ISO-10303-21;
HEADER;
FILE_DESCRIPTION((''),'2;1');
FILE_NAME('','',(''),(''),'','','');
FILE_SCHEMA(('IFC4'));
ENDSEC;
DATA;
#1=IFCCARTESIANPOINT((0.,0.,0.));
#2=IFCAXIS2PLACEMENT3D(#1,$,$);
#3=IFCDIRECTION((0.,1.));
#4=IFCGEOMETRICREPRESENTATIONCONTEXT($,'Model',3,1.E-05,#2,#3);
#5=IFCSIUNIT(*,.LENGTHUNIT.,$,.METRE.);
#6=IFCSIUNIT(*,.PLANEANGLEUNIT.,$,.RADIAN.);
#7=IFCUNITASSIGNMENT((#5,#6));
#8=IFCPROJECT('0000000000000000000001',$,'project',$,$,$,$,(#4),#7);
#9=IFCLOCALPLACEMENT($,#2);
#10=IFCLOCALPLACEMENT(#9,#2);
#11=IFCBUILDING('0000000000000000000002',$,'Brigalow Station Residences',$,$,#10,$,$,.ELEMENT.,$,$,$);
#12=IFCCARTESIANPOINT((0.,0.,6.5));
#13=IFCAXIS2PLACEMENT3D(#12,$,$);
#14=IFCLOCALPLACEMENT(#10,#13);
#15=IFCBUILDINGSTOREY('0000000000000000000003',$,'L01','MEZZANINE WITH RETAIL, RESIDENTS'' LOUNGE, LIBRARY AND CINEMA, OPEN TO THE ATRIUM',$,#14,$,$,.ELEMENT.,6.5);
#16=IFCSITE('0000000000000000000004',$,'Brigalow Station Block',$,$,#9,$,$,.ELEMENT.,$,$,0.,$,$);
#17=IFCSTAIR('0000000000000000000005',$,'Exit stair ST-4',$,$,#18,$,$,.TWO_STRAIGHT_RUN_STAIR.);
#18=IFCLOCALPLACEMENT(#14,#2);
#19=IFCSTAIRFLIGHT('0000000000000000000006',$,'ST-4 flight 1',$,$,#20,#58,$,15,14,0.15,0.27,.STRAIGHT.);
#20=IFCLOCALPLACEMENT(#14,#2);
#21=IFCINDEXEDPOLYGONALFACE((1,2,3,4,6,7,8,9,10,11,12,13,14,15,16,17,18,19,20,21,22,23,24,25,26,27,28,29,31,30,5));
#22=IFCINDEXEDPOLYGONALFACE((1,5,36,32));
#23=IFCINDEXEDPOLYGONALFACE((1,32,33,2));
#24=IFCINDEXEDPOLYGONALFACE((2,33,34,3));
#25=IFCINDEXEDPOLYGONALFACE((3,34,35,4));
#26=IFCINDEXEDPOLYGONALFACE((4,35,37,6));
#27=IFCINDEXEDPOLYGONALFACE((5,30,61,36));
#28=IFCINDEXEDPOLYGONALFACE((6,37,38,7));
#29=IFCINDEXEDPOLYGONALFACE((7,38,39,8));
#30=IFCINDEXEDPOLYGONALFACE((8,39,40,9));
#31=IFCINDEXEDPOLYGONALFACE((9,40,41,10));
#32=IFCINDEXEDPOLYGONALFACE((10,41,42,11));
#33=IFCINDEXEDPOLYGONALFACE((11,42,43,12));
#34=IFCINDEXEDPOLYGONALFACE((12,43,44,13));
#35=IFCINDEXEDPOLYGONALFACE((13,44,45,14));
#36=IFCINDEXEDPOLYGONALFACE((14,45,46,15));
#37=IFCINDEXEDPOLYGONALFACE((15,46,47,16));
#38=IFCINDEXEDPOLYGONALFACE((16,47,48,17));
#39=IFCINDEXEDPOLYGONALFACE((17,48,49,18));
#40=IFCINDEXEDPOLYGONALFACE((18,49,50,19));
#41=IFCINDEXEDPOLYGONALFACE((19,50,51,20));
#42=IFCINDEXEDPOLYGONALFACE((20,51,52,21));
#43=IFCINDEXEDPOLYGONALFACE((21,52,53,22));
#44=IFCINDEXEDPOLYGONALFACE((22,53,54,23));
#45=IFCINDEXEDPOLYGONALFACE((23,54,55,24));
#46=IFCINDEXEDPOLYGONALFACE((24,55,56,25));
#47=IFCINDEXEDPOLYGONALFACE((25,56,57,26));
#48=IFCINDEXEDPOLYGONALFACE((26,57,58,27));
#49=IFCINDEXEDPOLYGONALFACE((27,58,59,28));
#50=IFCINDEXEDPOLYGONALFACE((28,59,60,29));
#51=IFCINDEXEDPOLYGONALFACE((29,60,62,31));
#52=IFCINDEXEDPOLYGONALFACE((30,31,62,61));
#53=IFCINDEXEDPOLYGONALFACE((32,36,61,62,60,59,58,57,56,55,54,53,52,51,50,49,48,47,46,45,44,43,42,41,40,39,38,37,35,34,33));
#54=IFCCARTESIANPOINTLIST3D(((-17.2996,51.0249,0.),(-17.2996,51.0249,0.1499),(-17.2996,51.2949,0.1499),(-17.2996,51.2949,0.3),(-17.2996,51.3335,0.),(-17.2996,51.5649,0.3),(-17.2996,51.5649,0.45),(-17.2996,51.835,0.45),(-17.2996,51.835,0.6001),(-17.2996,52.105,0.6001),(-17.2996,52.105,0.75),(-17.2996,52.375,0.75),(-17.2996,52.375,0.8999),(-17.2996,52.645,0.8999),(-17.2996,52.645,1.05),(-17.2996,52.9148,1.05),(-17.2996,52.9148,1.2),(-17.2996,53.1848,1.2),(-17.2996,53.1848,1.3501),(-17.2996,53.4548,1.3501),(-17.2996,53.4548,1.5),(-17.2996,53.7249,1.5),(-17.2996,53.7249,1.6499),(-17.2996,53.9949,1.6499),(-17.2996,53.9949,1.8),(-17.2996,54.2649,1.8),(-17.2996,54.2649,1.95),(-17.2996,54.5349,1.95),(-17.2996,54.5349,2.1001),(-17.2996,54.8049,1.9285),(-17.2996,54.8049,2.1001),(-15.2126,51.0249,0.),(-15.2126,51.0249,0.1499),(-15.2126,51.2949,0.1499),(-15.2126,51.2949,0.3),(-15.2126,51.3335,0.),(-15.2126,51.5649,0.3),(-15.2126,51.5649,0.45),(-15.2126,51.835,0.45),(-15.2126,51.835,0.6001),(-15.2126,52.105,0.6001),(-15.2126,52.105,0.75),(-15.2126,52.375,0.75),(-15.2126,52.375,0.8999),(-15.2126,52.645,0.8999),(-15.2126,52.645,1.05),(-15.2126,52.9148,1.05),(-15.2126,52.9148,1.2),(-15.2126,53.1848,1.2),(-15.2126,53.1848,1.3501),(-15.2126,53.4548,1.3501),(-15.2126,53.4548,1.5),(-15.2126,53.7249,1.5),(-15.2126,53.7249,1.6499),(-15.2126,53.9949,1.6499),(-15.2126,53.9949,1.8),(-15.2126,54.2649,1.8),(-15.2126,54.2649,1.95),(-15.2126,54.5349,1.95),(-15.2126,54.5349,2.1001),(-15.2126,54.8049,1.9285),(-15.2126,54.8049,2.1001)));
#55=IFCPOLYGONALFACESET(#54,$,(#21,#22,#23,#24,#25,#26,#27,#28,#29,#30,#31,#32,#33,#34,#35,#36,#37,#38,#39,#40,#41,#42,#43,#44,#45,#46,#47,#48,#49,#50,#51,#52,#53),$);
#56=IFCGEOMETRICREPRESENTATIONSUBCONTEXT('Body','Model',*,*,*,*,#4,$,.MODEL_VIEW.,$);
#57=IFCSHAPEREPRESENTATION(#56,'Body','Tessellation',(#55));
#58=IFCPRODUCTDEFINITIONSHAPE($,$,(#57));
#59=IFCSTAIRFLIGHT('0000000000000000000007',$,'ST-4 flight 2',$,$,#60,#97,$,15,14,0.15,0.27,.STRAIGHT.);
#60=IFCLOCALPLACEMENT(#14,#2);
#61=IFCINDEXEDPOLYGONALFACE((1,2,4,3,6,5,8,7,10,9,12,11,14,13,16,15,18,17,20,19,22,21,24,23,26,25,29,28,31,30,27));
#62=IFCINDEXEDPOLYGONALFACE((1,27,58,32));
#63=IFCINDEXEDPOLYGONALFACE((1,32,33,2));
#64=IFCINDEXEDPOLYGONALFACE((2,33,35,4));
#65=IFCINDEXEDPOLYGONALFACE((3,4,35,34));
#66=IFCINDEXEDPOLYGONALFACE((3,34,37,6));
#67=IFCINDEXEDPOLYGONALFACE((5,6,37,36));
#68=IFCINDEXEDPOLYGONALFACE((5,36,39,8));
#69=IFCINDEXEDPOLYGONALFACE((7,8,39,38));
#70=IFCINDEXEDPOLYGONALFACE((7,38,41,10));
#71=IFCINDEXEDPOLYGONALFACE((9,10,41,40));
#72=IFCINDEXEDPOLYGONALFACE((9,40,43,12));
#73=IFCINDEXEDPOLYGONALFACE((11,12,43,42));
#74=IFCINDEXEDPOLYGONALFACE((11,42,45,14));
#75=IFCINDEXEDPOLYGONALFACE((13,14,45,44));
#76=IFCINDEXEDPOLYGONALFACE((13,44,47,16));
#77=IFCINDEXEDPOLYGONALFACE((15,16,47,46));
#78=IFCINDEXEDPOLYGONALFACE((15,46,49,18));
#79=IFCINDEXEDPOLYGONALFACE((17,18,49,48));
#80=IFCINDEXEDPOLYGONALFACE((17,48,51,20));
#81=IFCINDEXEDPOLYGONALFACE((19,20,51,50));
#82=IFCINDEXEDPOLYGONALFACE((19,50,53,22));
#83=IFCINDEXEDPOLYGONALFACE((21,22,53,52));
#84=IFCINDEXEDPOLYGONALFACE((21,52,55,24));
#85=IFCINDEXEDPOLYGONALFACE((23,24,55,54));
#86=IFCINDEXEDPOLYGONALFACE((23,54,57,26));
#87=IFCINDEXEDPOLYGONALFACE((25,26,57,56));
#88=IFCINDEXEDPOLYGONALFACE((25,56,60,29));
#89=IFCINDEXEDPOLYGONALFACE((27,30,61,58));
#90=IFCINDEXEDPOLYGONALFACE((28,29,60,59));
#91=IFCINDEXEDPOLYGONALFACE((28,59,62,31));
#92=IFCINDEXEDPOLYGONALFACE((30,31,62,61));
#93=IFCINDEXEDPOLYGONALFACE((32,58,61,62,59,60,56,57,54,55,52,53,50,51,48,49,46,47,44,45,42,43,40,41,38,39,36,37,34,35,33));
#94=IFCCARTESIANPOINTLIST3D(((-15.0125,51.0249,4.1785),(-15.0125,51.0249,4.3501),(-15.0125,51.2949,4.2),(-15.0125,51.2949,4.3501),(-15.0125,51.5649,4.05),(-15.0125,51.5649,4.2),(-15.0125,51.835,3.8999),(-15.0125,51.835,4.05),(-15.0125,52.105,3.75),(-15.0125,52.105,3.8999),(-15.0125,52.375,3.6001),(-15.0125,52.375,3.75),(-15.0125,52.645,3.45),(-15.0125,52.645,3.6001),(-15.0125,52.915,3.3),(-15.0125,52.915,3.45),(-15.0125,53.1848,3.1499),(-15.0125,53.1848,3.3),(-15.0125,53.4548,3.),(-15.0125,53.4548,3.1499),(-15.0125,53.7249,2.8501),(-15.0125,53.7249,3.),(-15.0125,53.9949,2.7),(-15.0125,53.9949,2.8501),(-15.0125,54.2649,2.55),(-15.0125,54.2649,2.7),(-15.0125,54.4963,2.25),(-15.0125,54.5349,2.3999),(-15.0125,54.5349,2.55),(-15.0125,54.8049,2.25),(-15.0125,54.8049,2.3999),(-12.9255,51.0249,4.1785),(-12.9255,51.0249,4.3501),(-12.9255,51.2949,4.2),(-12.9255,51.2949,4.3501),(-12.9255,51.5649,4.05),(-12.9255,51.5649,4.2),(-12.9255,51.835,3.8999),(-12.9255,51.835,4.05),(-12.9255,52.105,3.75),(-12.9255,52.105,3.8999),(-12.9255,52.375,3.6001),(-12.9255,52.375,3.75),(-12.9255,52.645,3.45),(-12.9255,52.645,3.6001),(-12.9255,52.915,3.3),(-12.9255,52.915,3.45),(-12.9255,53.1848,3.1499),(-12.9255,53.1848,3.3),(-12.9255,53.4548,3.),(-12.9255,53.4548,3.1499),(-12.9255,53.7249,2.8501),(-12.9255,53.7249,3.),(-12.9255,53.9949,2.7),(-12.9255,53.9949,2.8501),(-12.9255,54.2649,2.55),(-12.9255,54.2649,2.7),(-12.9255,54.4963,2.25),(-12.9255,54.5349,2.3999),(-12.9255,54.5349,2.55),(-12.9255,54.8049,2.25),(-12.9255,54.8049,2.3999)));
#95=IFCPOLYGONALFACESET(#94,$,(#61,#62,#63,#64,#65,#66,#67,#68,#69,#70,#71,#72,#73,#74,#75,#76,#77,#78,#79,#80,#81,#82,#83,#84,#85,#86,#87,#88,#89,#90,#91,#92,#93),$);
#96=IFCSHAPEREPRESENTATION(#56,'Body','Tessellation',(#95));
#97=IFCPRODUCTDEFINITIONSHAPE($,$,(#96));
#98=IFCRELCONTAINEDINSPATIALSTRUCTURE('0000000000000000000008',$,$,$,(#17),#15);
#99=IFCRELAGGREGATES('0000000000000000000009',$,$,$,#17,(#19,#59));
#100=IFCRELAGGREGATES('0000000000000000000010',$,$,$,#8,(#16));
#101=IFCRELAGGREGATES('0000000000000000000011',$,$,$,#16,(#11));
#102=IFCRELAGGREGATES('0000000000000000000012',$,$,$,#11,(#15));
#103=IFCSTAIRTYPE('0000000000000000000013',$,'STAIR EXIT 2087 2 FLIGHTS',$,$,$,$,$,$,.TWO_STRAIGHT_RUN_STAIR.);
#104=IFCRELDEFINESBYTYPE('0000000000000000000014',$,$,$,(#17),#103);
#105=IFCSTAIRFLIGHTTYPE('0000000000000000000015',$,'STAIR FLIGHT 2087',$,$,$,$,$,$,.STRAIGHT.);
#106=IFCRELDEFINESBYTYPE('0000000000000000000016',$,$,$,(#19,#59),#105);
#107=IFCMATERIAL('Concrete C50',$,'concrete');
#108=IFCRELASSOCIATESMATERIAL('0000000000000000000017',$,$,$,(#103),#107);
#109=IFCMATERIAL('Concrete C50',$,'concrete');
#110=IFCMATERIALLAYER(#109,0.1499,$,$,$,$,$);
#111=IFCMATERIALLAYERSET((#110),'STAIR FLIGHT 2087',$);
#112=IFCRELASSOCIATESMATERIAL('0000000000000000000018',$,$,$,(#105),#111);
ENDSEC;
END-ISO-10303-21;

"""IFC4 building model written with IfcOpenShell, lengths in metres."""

from ifc_helpers import new_model, si_unit, direction, frame, origin, place, context, subcontext, project, spatial, polyline, outline, extrude, material, layer, layer_set, type_object, element, aggregate, save


model = new_model("IFC4")

# Units and contexts
model_context = context("Model", 3, precision=1e-05, world=origin(), true_north=direction((0.0, 1.0)))
body_context = subcontext(model_context, "Body", "Model", "MODEL_VIEW")
ifc_project = project(units=[si_unit("LENGTHUNIT", "METRE"), si_unit("PLANEANGLEUNIT", "RADIAN")], contexts=[model_context])

# Site, building, storey
site_placement = place(None, origin())
site = spatial("IfcSite", under=ifc_project, at=site_placement, Name="Brigalow Station Block", CompositionType="ELEMENT", RefElevation=0.0)
building_placement = place(site_placement, origin())
building = spatial("IfcBuilding", under=site, at=building_placement, Name="Brigalow Station Residences", CompositionType="ELEMENT")
storey_placement = place(building_placement, frame((0.0, 0.0, 6.5)))
storey = spatial("IfcBuildingStorey", under=building, at=storey_placement, Name="L01", Description="MEZZANINE WITH RETAIL, RESIDENTS' LOUNGE, LIBRARY AND CINEMA, OPEN TO THE ATRIUM", CompositionType="ELEMENT", Elevation=6.5)

# Stair, stair flights
ifc_material_1 = material(Name="Concrete C50", Category="concrete")
stair_type = type_object("IfcStairType", Name="STAIR EXIT 2087 2 FLIGHTS", PredefinedType="TWO_STRAIGHT_RUN_STAIR", material=ifc_material_1)
stair_placement = place(storey_placement, origin())
stair = element("IfcStair", 1, at=stair_placement, inside=storey, type_object=stair_type, Name="Exit stair ST-4", PredefinedType="TWO_STRAIGHT_RUN_STAIR")
ifc_material_2 = material(Name="Concrete C50", Category="concrete")
ifc_layer_1 = layer(ifc_material_2, 0.1499)
ifc_layer_set_1 = layer_set([ifc_layer_1], Name="STAIR FLIGHT 2087")
stair_flight_type = type_object("IfcStairFlightType", Name="STAIR FLIGHT 2087", PredefinedType="STRAIGHT", material=ifc_layer_set_1)
stair_flight_1_placement = place(storey_placement, frame((-16.2561, 51.0249, 0.0), z_axis=(0.0, 0.0, 1.0), x_axis=(0.0, 1.0, 0.0)))
stair_flight_1 = element("IfcStairFlight", 2, at=stair_flight_1_placement, type_object=stair_flight_type, Name="ST-4 flight 1", NumberOfRisers=15, NumberOfTreads=14, PredefinedType="STRAIGHT", RiserHeight=0.15, TreadLength=0.27, context=body_context, shape_type="SweptSolid", body=[
    extrude(outline(polyline([(0.0, 0.0), (0.0, 0.1499), (0.27, 0.1499), (0.27, 0.3), (0.54, 0.3), (0.54, 0.45), (0.8101, 0.45), (0.8101, 0.6001), (1.0801, 0.6001), (1.0801, 0.75), (1.3501, 0.75), (1.3501, 0.8999), (1.6201, 0.8999), (1.6201, 1.05), (1.8899, 1.05), (1.8899, 1.2), (2.1599, 1.2), (2.1599, 1.3501), (2.4299, 1.3501), (2.4299, 1.5), (2.7, 1.5), (2.7, 1.6499), (2.97, 1.6499), (2.97, 1.8), (3.24, 1.8), (3.24, 1.95), (3.51, 1.95), (3.51, 2.1001), (3.78, 2.1001), (3.78, 2.25), (3.78, 1.9285), (0.3086, 0.0), (0.0, 0.0)])), frame((0.0, 1.0435, 0.0), z_axis=(0.0, -1.0, 0.0), x_axis=(1.0, 0.0, 0.0)), (0.0, 0.0, 1.0), 2.0869),
])
stair_flight_2_placement = place(storey_placement, frame((-13.969, 54.8049, 2.25), z_axis=(0.0, 0.0, 1.0), x_axis=(0.0, -1.0, 0.0)))
stair_flight_2 = element("IfcStairFlight", 3, at=stair_flight_2_placement, type_object=stair_flight_type, Name="ST-4 flight 2", NumberOfRisers=15, NumberOfTreads=14, PredefinedType="STRAIGHT", RiserHeight=0.15, TreadLength=0.27, context=body_context, shape_type="SweptSolid", body=[
    extrude(outline(polyline([(0.0, 0.0), (0.0, 0.1499), (0.27, 0.1499), (0.27, 0.3), (0.54, 0.3), (0.54, 0.45), (0.8101, 0.45), (0.8101, 0.6001), (1.0801, 0.6001), (1.0801, 0.75), (1.3501, 0.75), (1.3501, 0.8999), (1.6201, 0.8999), (1.6201, 1.05), (1.8899, 1.05), (1.8899, 1.2), (2.1599, 1.2), (2.1599, 1.3501), (2.4299, 1.3501), (2.4299, 1.5), (2.7, 1.5), (2.7, 1.6499), (2.97, 1.6499), (2.97, 1.8), (3.24, 1.8), (3.24, 1.95), (3.51, 1.95), (3.51, 2.1001), (3.78, 2.1001), (3.78, 2.25), (3.78, 1.9285), (0.3086, 0.0), (0.0, 0.0)])), frame((0.0, 1.0435, 0.0), z_axis=(0.0, -1.0, 0.0), x_axis=(1.0, 0.0, 0.0)), (0.0, 0.0, 1.0), 2.0869),
])
aggregate(stair, [stair_flight_1, stair_flight_2])

save(model, "model.ifc")
